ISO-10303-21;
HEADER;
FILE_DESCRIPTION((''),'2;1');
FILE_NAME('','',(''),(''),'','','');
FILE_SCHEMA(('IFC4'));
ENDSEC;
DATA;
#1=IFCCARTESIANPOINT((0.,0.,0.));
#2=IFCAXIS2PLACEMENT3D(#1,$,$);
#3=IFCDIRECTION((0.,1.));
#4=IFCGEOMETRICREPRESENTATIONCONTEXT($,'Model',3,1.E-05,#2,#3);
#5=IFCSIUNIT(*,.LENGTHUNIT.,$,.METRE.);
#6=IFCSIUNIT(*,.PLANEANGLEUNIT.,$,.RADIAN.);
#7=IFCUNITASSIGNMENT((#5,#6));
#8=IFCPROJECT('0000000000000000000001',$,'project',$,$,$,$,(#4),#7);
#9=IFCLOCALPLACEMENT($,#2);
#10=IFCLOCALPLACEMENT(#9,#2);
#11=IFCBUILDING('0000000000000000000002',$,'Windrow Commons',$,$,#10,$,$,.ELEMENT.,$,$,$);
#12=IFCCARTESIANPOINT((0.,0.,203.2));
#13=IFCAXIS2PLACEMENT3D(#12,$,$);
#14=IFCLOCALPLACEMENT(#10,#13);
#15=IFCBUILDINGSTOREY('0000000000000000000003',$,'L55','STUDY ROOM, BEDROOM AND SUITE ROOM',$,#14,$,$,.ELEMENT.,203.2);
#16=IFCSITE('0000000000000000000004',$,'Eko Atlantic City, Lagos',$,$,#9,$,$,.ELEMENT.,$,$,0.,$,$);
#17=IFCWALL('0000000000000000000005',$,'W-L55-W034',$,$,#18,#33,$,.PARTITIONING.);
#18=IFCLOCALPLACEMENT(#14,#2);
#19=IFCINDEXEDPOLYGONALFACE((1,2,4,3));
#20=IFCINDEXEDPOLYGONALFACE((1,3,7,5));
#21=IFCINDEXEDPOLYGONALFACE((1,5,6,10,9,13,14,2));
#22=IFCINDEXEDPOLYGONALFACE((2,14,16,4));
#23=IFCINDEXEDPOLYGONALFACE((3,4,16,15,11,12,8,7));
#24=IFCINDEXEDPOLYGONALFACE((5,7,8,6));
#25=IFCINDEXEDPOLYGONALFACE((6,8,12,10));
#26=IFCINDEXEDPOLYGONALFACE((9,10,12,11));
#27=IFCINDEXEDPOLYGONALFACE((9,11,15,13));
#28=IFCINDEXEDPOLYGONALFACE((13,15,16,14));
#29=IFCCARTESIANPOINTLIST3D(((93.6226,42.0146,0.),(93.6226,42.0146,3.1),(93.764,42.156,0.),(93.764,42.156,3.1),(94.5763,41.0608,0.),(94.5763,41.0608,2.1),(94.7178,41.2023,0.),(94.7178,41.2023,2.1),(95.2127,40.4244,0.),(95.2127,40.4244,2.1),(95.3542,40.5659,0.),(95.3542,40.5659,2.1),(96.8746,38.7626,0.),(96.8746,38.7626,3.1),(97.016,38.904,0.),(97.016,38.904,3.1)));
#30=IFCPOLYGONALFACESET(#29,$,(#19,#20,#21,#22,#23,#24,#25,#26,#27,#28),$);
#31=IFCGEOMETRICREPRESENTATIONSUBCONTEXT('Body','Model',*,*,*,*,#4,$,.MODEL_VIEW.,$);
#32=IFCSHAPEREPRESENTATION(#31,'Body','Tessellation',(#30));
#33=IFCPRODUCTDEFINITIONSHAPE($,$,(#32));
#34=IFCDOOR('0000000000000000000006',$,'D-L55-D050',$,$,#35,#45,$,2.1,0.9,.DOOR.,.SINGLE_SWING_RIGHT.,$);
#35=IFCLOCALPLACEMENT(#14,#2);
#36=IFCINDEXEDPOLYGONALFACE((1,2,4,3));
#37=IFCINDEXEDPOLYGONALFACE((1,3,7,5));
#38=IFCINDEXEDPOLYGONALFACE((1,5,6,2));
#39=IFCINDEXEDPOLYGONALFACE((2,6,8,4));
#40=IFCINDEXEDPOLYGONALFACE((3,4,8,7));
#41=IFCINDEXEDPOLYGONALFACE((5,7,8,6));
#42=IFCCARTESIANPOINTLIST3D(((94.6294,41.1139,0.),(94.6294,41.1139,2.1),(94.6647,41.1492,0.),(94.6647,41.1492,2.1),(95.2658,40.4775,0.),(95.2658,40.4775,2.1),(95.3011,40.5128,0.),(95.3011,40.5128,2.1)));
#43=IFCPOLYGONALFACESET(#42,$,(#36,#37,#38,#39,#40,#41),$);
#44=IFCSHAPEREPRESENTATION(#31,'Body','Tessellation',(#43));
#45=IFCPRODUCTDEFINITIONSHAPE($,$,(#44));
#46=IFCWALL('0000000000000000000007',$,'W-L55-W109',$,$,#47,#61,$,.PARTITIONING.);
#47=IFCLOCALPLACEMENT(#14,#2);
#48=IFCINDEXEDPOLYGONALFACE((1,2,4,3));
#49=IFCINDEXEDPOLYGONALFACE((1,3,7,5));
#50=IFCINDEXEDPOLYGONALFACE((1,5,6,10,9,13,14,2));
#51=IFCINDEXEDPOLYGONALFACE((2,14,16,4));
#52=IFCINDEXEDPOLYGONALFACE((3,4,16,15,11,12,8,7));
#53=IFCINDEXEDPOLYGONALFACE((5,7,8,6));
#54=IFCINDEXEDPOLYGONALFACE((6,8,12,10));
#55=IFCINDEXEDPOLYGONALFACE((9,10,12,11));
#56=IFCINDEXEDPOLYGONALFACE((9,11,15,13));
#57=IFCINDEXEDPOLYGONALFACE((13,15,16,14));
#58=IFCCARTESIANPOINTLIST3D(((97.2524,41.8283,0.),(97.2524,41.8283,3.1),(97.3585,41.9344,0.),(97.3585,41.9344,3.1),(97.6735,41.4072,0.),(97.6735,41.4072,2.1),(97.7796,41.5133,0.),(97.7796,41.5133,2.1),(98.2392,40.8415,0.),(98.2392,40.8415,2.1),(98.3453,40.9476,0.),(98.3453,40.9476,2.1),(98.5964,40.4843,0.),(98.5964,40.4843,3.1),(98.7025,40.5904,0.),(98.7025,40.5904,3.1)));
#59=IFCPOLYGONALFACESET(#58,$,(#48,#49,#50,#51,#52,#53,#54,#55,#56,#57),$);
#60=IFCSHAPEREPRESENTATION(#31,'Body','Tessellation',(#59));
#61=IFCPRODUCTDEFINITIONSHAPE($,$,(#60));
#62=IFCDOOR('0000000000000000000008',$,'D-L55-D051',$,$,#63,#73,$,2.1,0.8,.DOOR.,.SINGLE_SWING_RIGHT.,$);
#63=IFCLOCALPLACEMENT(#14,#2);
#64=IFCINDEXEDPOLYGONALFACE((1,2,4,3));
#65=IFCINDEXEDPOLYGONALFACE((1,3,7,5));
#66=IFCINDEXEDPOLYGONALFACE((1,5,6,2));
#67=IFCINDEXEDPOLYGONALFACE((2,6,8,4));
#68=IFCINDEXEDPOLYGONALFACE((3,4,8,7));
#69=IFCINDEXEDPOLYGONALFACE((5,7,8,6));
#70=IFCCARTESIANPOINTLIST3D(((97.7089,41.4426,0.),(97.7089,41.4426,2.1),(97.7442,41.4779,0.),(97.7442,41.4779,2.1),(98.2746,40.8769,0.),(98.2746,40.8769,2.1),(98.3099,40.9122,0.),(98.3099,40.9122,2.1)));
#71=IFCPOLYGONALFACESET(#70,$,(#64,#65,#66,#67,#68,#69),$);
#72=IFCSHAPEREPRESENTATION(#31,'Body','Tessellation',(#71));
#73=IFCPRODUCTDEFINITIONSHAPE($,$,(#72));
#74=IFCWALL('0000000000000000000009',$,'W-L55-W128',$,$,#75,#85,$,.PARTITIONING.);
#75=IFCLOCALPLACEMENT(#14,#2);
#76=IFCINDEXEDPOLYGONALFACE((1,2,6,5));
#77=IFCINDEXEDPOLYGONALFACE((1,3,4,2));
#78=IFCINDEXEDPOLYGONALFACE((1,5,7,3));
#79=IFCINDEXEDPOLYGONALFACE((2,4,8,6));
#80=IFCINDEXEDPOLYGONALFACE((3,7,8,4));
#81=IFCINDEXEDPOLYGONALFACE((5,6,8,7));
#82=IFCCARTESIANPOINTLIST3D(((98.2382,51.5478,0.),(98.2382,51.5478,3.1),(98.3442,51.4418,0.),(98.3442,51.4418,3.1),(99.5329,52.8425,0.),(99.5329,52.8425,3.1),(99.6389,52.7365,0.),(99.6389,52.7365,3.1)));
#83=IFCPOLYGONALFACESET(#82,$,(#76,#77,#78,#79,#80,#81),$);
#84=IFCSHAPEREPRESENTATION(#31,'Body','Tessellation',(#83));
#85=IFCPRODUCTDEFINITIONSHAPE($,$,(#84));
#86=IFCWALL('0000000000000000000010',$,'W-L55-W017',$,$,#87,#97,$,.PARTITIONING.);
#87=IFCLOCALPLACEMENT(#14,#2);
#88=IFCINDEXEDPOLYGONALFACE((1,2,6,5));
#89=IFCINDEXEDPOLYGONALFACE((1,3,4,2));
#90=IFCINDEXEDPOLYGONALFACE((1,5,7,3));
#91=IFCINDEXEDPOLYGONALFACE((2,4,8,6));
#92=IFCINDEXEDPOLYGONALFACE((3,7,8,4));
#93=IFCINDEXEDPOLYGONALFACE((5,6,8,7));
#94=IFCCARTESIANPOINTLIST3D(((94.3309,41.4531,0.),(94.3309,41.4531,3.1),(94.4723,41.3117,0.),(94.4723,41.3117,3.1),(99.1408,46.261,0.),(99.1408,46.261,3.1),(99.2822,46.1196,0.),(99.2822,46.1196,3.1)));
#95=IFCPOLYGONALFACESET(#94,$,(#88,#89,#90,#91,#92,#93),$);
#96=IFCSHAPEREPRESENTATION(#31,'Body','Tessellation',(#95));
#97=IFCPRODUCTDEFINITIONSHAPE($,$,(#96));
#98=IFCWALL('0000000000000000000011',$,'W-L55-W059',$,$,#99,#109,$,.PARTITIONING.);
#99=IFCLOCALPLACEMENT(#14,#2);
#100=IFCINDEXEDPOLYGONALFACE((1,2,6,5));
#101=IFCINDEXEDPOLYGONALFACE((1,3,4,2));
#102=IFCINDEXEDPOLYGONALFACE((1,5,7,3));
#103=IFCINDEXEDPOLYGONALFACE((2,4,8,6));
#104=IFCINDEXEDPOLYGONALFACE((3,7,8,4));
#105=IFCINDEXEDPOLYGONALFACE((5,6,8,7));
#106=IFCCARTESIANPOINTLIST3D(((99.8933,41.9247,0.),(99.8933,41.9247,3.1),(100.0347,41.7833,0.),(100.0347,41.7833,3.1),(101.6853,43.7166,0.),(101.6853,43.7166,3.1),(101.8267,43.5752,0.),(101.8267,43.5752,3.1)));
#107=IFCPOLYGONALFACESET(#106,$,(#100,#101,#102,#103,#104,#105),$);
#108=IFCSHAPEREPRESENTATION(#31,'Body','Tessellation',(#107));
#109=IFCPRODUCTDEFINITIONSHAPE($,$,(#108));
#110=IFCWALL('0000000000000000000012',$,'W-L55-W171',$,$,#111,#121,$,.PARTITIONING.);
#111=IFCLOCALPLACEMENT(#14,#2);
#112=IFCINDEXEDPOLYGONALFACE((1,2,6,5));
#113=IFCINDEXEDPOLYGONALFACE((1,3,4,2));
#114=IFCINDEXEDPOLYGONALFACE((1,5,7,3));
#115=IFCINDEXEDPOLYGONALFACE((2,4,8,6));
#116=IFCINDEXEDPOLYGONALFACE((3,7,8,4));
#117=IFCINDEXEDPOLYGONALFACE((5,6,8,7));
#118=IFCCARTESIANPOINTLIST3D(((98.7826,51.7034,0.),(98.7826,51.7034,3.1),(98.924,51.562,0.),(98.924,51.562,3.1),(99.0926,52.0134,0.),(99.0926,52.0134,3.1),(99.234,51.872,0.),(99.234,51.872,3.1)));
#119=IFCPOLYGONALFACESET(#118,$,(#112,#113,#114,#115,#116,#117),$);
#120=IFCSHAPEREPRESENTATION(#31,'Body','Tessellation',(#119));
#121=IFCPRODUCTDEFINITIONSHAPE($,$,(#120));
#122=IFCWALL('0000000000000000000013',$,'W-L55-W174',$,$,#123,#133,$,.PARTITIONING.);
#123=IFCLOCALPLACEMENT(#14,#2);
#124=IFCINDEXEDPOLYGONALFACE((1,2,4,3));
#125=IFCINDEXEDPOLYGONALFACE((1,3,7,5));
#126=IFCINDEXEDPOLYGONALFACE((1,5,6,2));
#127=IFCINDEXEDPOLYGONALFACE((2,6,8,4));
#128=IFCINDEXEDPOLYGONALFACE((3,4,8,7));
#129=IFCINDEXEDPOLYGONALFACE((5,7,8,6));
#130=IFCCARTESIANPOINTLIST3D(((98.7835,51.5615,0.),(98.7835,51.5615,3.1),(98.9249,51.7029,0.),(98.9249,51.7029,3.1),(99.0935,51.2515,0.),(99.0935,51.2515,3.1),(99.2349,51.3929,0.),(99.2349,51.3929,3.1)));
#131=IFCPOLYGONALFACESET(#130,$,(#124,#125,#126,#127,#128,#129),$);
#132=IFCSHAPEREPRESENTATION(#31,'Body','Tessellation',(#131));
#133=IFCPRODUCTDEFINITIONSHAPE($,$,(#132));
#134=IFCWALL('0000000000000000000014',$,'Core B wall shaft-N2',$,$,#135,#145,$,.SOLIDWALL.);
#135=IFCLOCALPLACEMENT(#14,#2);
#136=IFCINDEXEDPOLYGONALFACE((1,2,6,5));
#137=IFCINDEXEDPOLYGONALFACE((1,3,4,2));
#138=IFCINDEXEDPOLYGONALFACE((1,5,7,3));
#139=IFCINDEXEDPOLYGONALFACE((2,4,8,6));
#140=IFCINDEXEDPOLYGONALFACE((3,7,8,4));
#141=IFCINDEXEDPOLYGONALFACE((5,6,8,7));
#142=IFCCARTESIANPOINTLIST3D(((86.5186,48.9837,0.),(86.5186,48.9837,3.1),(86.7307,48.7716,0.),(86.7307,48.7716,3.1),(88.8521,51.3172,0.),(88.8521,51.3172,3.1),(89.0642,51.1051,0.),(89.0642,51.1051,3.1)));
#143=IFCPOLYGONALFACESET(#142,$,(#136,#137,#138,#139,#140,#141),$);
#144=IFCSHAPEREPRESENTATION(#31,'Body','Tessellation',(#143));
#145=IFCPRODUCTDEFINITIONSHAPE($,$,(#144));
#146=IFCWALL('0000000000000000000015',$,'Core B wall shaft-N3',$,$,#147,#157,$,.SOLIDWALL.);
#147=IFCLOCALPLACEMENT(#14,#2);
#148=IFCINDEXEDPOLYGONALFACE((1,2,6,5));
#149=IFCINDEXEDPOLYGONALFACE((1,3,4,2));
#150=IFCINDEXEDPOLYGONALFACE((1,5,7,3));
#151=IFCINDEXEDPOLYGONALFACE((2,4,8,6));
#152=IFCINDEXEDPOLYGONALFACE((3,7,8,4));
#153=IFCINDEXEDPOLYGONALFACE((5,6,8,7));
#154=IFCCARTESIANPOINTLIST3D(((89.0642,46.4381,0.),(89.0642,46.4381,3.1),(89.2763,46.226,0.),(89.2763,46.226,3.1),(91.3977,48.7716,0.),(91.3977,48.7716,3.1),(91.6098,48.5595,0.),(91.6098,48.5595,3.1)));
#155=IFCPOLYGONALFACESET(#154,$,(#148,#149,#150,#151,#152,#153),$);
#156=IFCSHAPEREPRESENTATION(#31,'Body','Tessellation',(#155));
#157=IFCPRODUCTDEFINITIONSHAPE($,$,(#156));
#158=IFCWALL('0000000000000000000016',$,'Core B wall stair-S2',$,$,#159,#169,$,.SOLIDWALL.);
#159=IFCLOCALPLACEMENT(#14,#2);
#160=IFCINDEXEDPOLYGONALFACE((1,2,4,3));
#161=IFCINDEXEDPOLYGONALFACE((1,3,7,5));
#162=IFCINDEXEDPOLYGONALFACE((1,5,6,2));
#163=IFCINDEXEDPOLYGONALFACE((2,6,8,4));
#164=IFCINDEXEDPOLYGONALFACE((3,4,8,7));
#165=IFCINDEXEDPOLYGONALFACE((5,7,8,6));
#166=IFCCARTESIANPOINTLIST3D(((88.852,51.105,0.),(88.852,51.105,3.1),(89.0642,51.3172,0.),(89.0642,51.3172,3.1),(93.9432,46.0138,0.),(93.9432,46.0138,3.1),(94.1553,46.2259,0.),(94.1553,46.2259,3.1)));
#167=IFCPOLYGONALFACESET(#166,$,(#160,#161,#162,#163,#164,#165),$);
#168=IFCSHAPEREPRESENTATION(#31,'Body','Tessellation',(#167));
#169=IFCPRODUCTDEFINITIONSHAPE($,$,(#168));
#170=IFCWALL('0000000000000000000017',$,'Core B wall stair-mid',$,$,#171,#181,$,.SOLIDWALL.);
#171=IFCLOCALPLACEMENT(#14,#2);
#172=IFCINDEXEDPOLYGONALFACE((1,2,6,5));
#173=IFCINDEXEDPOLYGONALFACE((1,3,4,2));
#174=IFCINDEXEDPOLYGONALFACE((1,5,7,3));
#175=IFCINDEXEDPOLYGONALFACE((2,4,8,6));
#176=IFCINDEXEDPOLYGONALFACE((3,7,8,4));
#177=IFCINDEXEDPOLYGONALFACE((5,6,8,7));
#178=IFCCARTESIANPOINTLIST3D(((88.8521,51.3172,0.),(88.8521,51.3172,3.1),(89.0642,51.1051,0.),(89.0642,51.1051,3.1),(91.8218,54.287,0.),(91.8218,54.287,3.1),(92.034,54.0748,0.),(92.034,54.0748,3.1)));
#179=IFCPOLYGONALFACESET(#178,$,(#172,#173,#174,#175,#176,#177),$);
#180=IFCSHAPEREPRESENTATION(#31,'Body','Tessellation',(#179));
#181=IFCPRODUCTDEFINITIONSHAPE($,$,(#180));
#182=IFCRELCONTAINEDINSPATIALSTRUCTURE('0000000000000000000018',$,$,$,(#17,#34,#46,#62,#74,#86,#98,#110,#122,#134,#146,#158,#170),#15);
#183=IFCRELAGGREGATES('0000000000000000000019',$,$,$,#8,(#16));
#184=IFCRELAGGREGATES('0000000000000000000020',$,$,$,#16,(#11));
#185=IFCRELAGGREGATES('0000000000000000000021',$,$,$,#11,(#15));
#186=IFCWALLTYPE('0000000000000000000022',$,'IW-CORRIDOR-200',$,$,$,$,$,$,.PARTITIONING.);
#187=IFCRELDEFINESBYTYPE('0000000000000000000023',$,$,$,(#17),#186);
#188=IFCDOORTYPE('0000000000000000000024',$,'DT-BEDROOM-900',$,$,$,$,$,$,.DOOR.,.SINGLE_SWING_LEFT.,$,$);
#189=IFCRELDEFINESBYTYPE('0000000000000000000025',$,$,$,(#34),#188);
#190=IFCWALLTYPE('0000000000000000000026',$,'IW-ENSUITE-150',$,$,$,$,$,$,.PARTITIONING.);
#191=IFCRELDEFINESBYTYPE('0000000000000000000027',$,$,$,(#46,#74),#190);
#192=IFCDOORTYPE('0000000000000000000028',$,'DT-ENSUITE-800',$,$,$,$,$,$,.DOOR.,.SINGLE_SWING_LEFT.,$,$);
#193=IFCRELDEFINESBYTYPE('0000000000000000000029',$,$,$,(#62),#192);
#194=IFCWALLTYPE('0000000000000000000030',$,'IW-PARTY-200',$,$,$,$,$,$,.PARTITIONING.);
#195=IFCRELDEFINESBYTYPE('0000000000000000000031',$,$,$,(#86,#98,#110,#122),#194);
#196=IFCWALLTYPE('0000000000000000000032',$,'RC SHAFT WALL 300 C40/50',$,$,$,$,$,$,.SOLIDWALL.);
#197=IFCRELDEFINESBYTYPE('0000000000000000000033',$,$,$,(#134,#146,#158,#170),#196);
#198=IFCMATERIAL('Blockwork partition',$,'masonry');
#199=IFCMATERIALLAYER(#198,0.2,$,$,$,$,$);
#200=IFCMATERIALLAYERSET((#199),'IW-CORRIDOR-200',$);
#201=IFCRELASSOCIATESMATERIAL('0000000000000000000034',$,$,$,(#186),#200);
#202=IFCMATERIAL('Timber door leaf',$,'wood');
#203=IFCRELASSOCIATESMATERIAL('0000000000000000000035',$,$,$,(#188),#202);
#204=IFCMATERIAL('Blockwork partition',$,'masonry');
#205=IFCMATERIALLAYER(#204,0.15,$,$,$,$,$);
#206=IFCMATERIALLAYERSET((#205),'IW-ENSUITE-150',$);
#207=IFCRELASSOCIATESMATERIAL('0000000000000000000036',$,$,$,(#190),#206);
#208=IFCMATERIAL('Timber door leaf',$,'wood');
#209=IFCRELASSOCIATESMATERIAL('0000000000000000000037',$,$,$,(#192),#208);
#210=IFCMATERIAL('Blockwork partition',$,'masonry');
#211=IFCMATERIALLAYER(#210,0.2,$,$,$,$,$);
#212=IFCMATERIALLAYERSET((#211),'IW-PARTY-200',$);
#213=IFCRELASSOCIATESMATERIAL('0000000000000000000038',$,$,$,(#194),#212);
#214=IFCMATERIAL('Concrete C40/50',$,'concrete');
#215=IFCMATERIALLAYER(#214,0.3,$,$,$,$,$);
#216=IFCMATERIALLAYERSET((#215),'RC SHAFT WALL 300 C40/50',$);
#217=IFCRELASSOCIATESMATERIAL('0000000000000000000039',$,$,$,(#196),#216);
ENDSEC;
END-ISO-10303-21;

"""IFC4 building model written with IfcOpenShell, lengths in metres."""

from ifc_helpers import new_model, si_unit, direction, frame, frame_2d, origin, place, context, subcontext, project, spatial, rectangle, extrude, material, layer, layer_set, type_object, element, fill, save


model = new_model("IFC4")

# Units and contexts
model_context = context("Model", 3, precision=1e-05, world=origin(), true_north=direction((0.0, 1.0)))
body_context = subcontext(model_context, "Body", "Model", "MODEL_VIEW")
ifc_project = project(units=[si_unit("LENGTHUNIT", "METRE"), si_unit("PLANEANGLEUNIT", "RADIAN")], contexts=[model_context])

# Site, building, storey
site_placement = place(None, origin())
site = spatial("IfcSite", under=ifc_project, at=site_placement, Name="Eko Atlantic City, Lagos", CompositionType="ELEMENT", RefElevation=0.0)
building_placement = place(site_placement, origin())
building = spatial("IfcBuilding", under=site, at=building_placement, Name="Windrow Commons", CompositionType="ELEMENT")
storey_placement = place(building_placement, frame((0.0, 0.0, 203.2)))
storey = spatial("IfcBuildingStorey", under=building, at=storey_placement, Name="L55", Description="STUDY ROOM, BEDROOM AND SUITE ROOM", CompositionType="ELEMENT", Elevation=203.2)

# Walls, openings, doors
ifc_material_1 = material(Name="Blockwork partition", Category="masonry")
ifc_layer_1 = layer(ifc_material_1, 0.2)
ifc_layer_set_1 = layer_set([ifc_layer_1], Name="IW-CORRIDOR-200")
wall_type_1 = type_object("IfcWallType", Name="IW-CORRIDOR-200", PredefinedType="PARTITIONING", material=ifc_layer_set_1)
wall_1_placement = place(storey_placement, frame((93.6933, 42.0853, 0.0), z_axis=(0.0, 0.0, 1.0), x_axis=(0.707107, -0.707107, 0.0)))
wall_1 = element("IfcWall", 1, at=wall_1_placement, inside=storey, type_object=wall_type_1, Name="W-L55-W034", PredefinedType="PARTITIONING", context=body_context, shape_type="SweptSolid", body=[
    extrude(rectangle(XDim=4.599, YDim=0.2, at=frame_2d((2.2995, 0.0))), origin(), (0.0, 0.0, 1.0), 3.1),
])
opening_1_placement = place(wall_1_placement, frame((1.3488, 0.0, 0.0)))
opening_1 = element("IfcOpeningElement", 2, at=opening_1_placement, cuts=wall_1, PredefinedType="OPENING", context=body_context, shape_type="SweptSolid", body=[
    extrude(rectangle(XDim=0.9, YDim=2.1, at=frame_2d((0.45, 1.05))), frame((0.0, 0.11, 0.0), z_axis=(0.0, -1.0, 0.0), x_axis=(1.0, 0.0, 0.0)), (0.0, 0.0, 1.0), 0.22),
])
ifc_material_2 = material(Name="Timber door leaf", Category="wood")
door_type_1 = type_object("IfcDoorType", Name="DT-BEDROOM-900", OperationType="SINGLE_SWING_LEFT", PredefinedType="DOOR", material=ifc_material_2)
door_1_placement = place(opening_1_placement, origin())
door_1 = element("IfcDoor", 3, at=door_1_placement, inside=storey, type_object=door_type_1, Name="D-L55-D050", OperationType="SINGLE_SWING_RIGHT", OverallHeight=2.1, OverallWidth=0.9, PredefinedType="DOOR", context=body_context, shape_type="SweptSolid", body=[
    extrude(rectangle(XDim=0.9, YDim=2.1, at=frame_2d((0.45, 1.05))), frame((0.0, 0.025, 0.0), z_axis=(0.0, -1.0, 0.0), x_axis=(1.0, 0.0, 0.0)), (0.0, 0.0, 1.0), 0.05),
])
fill(opening_1, door_1)
ifc_material_3 = material(Name="Blockwork partition", Category="masonry")
ifc_layer_2 = layer(ifc_material_3, 0.15)
ifc_layer_set_2 = layer_set([ifc_layer_2], Name="IW-ENSUITE-150")
wall_type_2 = type_object("IfcWallType", Name="IW-ENSUITE-150", PredefinedType="PARTITIONING", material=ifc_layer_set_2)
wall_2_placement = place(storey_placement, frame((97.3054, 41.8814, 0.0), z_axis=(0.0, 0.0, 1.0), x_axis=(0.707107, -0.707107, 0.0)))
wall_2 = element("IfcWall", 4, at=wall_2_placement, inside=storey, type_object=wall_type_2, Name="W-L55-W109", PredefinedType="PARTITIONING", context=body_context, shape_type="SweptSolid", body=[
    extrude(rectangle(XDim=1.9007, YDim=0.15, at=frame_2d((0.9504, 0.0))), origin(), (0.0, 0.0, 1.0), 3.1),
])
opening_2_placement = place(wall_2_placement, frame((0.5956, 0.0, 0.0)))
opening_2 = element("IfcOpeningElement", 5, at=opening_2_placement, cuts=wall_2, PredefinedType="OPENING", context=body_context, shape_type="SweptSolid", body=[
    extrude(rectangle(XDim=0.8, YDim=2.1, at=frame_2d((0.4, 1.05))), frame((0.0, 0.085, 0.0), z_axis=(0.0, -1.0, 0.0), x_axis=(1.0, 0.0, 0.0)), (0.0, 0.0, 1.0), 0.17),
])
ifc_material_4 = material(Name="Timber door leaf", Category="wood")
door_type_2 = type_object("IfcDoorType", Name="DT-ENSUITE-800", OperationType="SINGLE_SWING_LEFT", PredefinedType="DOOR", material=ifc_material_4)
door_2_placement = place(opening_2_placement, origin())
door_2 = element("IfcDoor", 6, at=door_2_placement, inside=storey, type_object=door_type_2, Name="D-L55-D051", OperationType="SINGLE_SWING_RIGHT", OverallHeight=2.1, OverallWidth=0.8, PredefinedType="DOOR", context=body_context, shape_type="SweptSolid", body=[
    extrude(rectangle(XDim=0.8, YDim=2.1, at=frame_2d((0.4, 1.05))), frame((0.0, 0.025, 0.0), z_axis=(0.0, -1.0, 0.0), x_axis=(1.0, 0.0, 0.0)), (0.0, 0.0, 1.0), 0.05),
])
fill(opening_2, door_2)

# Walls
wall_3_placement = place(storey_placement, frame((98.2912, 51.4948, 0.0), z_axis=(0.0, 0.0, 1.0), x_axis=(0.707107, 0.707107, 0.0)))
element("IfcWall", 7, at=wall_3_placement, inside=storey, type_object=wall_type_2, Name="W-L55-W128", PredefinedType="PARTITIONING", context=body_context, shape_type="SweptSolid", body=[
    extrude(rectangle(XDim=1.831, YDim=0.15, at=frame_2d((0.9155, 0.0))), origin(), (0.0, 0.0, 1.0), 3.1),
])
ifc_material_5 = material(Name="Blockwork partition", Category="masonry")
ifc_layer_3 = layer(ifc_material_5, 0.2)
ifc_layer_set_3 = layer_set([ifc_layer_3], Name="IW-PARTY-200")
wall_type_3 = type_object("IfcWallType", Name="IW-PARTY-200", PredefinedType="PARTITIONING", material=ifc_layer_set_3)
wall_4_placement = place(storey_placement, frame((94.4016, 41.3824, 0.0), z_axis=(0.0, 0.0, 1.0), x_axis=(0.707254, 0.70696, 0.0)))
element("IfcWall", 8, at=wall_4_placement, inside=storey, type_object=wall_type_3, Name="W-L55-W017", PredefinedType="PARTITIONING", context=body_context, shape_type="SweptSolid", body=[
    extrude(rectangle(XDim=6.8008, YDim=0.2, at=frame_2d((3.4004, 0.0))), origin(), (0.0, 0.0, 1.0), 3.1),
])
wall_5_placement = place(storey_placement, frame((99.964, 41.854, 0.0), z_axis=(0.0, 0.0, 1.0), x_axis=(0.707127, 0.707087, 0.0)))
element("IfcWall", 9, at=wall_5_placement, inside=storey, type_object=wall_type_3, Name="W-L55-W059", PredefinedType="PARTITIONING", context=body_context, shape_type="SweptSolid", body=[
    extrude(rectangle(XDim=2.5341, YDim=0.2, at=frame_2d((1.2671, 0.0))), origin(), (0.0, 0.0, 1.0), 3.1),
])
for number, where, z_axis, x_axis, name in (
    (10, (98.8533, 51.6327, 0.0), (0.0, 0.0, 1.0), (0.707107, 0.707107, 0.0), "W-L55-W171"),
    (11, (98.8542, 51.6322, 0.0), (0.0, 0.0, 1.0), (0.707107, -0.707107, 0.0), "W-L55-W174"),
):
    element("IfcWall", number, at=place(storey_placement, frame(where, z_axis=z_axis, x_axis=x_axis)), inside=storey, type_object=wall_type_3, Name=name, PredefinedType="PARTITIONING", context=body_context, shape_type="SweptSolid", body=[
        extrude(rectangle(XDim=0.4384, YDim=0.2, at=frame_2d((0.2192, 0.0))), origin(), (0.0, 0.0, 1.0), 3.1),
    ])
ifc_material_6 = material(Name="Concrete C40/50", Category="concrete")
ifc_layer_4 = layer(ifc_material_6, 0.3)
ifc_layer_set_4 = layer_set([ifc_layer_4], Name="RC SHAFT WALL 300 C40/50")
wall_type_4 = type_object("IfcWallType", Name="RC SHAFT WALL 300 C40/50", PredefinedType="SOLIDWALL", material=ifc_layer_set_4)
for number, where, z_axis, x_axis, name in (
    (12, (86.6246, 48.8776, 0.0), (0.0, 0.0, 1.0), (0.707107, 0.707107, 0.0), "Core B wall shaft-N2"),
    (13, (89.1702, 46.332, 0.0), (0.0, 0.0, 1.0), (0.707107, 0.707107, 0.0), "Core B wall shaft-N3"),
):
    element("IfcWall", number, at=place(storey_placement, frame(where, z_axis=z_axis, x_axis=x_axis)), inside=storey, type_object=wall_type_4, Name=name, PredefinedType="SOLIDWALL", context=body_context, shape_type="SweptSolid", body=[
        extrude(rectangle(XDim=3.3001, YDim=0.3, at=frame_2d((1.6501, 0.0))), origin(), (0.0, 0.0, 1.0), 3.1),
    ])
wall_6_placement = place(storey_placement, frame((88.9581, 51.2111, 0.0), z_axis=(0.0, 0.0, 1.0), x_axis=(0.7071, -0.707114, 0.0)))
element("IfcWall", 14, at=wall_6_placement, inside=storey, type_object=wall_type_4, Name="Core B wall stair-S2", PredefinedType="SOLIDWALL", context=body_context, shape_type="SweptSolid", body=[
    extrude(rectangle(XDim=7.2, YDim=0.3, at=frame_2d((3.6, 0.0))), origin(), (0.0, 0.0, 1.0), 3.1),
])
wall_7_placement = place(storey_placement, frame((88.9581, 51.2111, 0.0), z_axis=(0.0, 0.0, 1.0), x_axis=(0.707107, 0.707107, 0.0)))
element("IfcWall", 15, at=wall_7_placement, inside=storey, type_object=wall_type_4, Name="Core B wall stair-mid", PredefinedType="SOLIDWALL", context=body_context, shape_type="SweptSolid", body=[
    extrude(rectangle(XDim=4.1999, YDim=0.3, at=frame_2d((2.1, 0.0))), origin(), (0.0, 0.0, 1.0), 3.1),
])

save(model, "model.ifc")
